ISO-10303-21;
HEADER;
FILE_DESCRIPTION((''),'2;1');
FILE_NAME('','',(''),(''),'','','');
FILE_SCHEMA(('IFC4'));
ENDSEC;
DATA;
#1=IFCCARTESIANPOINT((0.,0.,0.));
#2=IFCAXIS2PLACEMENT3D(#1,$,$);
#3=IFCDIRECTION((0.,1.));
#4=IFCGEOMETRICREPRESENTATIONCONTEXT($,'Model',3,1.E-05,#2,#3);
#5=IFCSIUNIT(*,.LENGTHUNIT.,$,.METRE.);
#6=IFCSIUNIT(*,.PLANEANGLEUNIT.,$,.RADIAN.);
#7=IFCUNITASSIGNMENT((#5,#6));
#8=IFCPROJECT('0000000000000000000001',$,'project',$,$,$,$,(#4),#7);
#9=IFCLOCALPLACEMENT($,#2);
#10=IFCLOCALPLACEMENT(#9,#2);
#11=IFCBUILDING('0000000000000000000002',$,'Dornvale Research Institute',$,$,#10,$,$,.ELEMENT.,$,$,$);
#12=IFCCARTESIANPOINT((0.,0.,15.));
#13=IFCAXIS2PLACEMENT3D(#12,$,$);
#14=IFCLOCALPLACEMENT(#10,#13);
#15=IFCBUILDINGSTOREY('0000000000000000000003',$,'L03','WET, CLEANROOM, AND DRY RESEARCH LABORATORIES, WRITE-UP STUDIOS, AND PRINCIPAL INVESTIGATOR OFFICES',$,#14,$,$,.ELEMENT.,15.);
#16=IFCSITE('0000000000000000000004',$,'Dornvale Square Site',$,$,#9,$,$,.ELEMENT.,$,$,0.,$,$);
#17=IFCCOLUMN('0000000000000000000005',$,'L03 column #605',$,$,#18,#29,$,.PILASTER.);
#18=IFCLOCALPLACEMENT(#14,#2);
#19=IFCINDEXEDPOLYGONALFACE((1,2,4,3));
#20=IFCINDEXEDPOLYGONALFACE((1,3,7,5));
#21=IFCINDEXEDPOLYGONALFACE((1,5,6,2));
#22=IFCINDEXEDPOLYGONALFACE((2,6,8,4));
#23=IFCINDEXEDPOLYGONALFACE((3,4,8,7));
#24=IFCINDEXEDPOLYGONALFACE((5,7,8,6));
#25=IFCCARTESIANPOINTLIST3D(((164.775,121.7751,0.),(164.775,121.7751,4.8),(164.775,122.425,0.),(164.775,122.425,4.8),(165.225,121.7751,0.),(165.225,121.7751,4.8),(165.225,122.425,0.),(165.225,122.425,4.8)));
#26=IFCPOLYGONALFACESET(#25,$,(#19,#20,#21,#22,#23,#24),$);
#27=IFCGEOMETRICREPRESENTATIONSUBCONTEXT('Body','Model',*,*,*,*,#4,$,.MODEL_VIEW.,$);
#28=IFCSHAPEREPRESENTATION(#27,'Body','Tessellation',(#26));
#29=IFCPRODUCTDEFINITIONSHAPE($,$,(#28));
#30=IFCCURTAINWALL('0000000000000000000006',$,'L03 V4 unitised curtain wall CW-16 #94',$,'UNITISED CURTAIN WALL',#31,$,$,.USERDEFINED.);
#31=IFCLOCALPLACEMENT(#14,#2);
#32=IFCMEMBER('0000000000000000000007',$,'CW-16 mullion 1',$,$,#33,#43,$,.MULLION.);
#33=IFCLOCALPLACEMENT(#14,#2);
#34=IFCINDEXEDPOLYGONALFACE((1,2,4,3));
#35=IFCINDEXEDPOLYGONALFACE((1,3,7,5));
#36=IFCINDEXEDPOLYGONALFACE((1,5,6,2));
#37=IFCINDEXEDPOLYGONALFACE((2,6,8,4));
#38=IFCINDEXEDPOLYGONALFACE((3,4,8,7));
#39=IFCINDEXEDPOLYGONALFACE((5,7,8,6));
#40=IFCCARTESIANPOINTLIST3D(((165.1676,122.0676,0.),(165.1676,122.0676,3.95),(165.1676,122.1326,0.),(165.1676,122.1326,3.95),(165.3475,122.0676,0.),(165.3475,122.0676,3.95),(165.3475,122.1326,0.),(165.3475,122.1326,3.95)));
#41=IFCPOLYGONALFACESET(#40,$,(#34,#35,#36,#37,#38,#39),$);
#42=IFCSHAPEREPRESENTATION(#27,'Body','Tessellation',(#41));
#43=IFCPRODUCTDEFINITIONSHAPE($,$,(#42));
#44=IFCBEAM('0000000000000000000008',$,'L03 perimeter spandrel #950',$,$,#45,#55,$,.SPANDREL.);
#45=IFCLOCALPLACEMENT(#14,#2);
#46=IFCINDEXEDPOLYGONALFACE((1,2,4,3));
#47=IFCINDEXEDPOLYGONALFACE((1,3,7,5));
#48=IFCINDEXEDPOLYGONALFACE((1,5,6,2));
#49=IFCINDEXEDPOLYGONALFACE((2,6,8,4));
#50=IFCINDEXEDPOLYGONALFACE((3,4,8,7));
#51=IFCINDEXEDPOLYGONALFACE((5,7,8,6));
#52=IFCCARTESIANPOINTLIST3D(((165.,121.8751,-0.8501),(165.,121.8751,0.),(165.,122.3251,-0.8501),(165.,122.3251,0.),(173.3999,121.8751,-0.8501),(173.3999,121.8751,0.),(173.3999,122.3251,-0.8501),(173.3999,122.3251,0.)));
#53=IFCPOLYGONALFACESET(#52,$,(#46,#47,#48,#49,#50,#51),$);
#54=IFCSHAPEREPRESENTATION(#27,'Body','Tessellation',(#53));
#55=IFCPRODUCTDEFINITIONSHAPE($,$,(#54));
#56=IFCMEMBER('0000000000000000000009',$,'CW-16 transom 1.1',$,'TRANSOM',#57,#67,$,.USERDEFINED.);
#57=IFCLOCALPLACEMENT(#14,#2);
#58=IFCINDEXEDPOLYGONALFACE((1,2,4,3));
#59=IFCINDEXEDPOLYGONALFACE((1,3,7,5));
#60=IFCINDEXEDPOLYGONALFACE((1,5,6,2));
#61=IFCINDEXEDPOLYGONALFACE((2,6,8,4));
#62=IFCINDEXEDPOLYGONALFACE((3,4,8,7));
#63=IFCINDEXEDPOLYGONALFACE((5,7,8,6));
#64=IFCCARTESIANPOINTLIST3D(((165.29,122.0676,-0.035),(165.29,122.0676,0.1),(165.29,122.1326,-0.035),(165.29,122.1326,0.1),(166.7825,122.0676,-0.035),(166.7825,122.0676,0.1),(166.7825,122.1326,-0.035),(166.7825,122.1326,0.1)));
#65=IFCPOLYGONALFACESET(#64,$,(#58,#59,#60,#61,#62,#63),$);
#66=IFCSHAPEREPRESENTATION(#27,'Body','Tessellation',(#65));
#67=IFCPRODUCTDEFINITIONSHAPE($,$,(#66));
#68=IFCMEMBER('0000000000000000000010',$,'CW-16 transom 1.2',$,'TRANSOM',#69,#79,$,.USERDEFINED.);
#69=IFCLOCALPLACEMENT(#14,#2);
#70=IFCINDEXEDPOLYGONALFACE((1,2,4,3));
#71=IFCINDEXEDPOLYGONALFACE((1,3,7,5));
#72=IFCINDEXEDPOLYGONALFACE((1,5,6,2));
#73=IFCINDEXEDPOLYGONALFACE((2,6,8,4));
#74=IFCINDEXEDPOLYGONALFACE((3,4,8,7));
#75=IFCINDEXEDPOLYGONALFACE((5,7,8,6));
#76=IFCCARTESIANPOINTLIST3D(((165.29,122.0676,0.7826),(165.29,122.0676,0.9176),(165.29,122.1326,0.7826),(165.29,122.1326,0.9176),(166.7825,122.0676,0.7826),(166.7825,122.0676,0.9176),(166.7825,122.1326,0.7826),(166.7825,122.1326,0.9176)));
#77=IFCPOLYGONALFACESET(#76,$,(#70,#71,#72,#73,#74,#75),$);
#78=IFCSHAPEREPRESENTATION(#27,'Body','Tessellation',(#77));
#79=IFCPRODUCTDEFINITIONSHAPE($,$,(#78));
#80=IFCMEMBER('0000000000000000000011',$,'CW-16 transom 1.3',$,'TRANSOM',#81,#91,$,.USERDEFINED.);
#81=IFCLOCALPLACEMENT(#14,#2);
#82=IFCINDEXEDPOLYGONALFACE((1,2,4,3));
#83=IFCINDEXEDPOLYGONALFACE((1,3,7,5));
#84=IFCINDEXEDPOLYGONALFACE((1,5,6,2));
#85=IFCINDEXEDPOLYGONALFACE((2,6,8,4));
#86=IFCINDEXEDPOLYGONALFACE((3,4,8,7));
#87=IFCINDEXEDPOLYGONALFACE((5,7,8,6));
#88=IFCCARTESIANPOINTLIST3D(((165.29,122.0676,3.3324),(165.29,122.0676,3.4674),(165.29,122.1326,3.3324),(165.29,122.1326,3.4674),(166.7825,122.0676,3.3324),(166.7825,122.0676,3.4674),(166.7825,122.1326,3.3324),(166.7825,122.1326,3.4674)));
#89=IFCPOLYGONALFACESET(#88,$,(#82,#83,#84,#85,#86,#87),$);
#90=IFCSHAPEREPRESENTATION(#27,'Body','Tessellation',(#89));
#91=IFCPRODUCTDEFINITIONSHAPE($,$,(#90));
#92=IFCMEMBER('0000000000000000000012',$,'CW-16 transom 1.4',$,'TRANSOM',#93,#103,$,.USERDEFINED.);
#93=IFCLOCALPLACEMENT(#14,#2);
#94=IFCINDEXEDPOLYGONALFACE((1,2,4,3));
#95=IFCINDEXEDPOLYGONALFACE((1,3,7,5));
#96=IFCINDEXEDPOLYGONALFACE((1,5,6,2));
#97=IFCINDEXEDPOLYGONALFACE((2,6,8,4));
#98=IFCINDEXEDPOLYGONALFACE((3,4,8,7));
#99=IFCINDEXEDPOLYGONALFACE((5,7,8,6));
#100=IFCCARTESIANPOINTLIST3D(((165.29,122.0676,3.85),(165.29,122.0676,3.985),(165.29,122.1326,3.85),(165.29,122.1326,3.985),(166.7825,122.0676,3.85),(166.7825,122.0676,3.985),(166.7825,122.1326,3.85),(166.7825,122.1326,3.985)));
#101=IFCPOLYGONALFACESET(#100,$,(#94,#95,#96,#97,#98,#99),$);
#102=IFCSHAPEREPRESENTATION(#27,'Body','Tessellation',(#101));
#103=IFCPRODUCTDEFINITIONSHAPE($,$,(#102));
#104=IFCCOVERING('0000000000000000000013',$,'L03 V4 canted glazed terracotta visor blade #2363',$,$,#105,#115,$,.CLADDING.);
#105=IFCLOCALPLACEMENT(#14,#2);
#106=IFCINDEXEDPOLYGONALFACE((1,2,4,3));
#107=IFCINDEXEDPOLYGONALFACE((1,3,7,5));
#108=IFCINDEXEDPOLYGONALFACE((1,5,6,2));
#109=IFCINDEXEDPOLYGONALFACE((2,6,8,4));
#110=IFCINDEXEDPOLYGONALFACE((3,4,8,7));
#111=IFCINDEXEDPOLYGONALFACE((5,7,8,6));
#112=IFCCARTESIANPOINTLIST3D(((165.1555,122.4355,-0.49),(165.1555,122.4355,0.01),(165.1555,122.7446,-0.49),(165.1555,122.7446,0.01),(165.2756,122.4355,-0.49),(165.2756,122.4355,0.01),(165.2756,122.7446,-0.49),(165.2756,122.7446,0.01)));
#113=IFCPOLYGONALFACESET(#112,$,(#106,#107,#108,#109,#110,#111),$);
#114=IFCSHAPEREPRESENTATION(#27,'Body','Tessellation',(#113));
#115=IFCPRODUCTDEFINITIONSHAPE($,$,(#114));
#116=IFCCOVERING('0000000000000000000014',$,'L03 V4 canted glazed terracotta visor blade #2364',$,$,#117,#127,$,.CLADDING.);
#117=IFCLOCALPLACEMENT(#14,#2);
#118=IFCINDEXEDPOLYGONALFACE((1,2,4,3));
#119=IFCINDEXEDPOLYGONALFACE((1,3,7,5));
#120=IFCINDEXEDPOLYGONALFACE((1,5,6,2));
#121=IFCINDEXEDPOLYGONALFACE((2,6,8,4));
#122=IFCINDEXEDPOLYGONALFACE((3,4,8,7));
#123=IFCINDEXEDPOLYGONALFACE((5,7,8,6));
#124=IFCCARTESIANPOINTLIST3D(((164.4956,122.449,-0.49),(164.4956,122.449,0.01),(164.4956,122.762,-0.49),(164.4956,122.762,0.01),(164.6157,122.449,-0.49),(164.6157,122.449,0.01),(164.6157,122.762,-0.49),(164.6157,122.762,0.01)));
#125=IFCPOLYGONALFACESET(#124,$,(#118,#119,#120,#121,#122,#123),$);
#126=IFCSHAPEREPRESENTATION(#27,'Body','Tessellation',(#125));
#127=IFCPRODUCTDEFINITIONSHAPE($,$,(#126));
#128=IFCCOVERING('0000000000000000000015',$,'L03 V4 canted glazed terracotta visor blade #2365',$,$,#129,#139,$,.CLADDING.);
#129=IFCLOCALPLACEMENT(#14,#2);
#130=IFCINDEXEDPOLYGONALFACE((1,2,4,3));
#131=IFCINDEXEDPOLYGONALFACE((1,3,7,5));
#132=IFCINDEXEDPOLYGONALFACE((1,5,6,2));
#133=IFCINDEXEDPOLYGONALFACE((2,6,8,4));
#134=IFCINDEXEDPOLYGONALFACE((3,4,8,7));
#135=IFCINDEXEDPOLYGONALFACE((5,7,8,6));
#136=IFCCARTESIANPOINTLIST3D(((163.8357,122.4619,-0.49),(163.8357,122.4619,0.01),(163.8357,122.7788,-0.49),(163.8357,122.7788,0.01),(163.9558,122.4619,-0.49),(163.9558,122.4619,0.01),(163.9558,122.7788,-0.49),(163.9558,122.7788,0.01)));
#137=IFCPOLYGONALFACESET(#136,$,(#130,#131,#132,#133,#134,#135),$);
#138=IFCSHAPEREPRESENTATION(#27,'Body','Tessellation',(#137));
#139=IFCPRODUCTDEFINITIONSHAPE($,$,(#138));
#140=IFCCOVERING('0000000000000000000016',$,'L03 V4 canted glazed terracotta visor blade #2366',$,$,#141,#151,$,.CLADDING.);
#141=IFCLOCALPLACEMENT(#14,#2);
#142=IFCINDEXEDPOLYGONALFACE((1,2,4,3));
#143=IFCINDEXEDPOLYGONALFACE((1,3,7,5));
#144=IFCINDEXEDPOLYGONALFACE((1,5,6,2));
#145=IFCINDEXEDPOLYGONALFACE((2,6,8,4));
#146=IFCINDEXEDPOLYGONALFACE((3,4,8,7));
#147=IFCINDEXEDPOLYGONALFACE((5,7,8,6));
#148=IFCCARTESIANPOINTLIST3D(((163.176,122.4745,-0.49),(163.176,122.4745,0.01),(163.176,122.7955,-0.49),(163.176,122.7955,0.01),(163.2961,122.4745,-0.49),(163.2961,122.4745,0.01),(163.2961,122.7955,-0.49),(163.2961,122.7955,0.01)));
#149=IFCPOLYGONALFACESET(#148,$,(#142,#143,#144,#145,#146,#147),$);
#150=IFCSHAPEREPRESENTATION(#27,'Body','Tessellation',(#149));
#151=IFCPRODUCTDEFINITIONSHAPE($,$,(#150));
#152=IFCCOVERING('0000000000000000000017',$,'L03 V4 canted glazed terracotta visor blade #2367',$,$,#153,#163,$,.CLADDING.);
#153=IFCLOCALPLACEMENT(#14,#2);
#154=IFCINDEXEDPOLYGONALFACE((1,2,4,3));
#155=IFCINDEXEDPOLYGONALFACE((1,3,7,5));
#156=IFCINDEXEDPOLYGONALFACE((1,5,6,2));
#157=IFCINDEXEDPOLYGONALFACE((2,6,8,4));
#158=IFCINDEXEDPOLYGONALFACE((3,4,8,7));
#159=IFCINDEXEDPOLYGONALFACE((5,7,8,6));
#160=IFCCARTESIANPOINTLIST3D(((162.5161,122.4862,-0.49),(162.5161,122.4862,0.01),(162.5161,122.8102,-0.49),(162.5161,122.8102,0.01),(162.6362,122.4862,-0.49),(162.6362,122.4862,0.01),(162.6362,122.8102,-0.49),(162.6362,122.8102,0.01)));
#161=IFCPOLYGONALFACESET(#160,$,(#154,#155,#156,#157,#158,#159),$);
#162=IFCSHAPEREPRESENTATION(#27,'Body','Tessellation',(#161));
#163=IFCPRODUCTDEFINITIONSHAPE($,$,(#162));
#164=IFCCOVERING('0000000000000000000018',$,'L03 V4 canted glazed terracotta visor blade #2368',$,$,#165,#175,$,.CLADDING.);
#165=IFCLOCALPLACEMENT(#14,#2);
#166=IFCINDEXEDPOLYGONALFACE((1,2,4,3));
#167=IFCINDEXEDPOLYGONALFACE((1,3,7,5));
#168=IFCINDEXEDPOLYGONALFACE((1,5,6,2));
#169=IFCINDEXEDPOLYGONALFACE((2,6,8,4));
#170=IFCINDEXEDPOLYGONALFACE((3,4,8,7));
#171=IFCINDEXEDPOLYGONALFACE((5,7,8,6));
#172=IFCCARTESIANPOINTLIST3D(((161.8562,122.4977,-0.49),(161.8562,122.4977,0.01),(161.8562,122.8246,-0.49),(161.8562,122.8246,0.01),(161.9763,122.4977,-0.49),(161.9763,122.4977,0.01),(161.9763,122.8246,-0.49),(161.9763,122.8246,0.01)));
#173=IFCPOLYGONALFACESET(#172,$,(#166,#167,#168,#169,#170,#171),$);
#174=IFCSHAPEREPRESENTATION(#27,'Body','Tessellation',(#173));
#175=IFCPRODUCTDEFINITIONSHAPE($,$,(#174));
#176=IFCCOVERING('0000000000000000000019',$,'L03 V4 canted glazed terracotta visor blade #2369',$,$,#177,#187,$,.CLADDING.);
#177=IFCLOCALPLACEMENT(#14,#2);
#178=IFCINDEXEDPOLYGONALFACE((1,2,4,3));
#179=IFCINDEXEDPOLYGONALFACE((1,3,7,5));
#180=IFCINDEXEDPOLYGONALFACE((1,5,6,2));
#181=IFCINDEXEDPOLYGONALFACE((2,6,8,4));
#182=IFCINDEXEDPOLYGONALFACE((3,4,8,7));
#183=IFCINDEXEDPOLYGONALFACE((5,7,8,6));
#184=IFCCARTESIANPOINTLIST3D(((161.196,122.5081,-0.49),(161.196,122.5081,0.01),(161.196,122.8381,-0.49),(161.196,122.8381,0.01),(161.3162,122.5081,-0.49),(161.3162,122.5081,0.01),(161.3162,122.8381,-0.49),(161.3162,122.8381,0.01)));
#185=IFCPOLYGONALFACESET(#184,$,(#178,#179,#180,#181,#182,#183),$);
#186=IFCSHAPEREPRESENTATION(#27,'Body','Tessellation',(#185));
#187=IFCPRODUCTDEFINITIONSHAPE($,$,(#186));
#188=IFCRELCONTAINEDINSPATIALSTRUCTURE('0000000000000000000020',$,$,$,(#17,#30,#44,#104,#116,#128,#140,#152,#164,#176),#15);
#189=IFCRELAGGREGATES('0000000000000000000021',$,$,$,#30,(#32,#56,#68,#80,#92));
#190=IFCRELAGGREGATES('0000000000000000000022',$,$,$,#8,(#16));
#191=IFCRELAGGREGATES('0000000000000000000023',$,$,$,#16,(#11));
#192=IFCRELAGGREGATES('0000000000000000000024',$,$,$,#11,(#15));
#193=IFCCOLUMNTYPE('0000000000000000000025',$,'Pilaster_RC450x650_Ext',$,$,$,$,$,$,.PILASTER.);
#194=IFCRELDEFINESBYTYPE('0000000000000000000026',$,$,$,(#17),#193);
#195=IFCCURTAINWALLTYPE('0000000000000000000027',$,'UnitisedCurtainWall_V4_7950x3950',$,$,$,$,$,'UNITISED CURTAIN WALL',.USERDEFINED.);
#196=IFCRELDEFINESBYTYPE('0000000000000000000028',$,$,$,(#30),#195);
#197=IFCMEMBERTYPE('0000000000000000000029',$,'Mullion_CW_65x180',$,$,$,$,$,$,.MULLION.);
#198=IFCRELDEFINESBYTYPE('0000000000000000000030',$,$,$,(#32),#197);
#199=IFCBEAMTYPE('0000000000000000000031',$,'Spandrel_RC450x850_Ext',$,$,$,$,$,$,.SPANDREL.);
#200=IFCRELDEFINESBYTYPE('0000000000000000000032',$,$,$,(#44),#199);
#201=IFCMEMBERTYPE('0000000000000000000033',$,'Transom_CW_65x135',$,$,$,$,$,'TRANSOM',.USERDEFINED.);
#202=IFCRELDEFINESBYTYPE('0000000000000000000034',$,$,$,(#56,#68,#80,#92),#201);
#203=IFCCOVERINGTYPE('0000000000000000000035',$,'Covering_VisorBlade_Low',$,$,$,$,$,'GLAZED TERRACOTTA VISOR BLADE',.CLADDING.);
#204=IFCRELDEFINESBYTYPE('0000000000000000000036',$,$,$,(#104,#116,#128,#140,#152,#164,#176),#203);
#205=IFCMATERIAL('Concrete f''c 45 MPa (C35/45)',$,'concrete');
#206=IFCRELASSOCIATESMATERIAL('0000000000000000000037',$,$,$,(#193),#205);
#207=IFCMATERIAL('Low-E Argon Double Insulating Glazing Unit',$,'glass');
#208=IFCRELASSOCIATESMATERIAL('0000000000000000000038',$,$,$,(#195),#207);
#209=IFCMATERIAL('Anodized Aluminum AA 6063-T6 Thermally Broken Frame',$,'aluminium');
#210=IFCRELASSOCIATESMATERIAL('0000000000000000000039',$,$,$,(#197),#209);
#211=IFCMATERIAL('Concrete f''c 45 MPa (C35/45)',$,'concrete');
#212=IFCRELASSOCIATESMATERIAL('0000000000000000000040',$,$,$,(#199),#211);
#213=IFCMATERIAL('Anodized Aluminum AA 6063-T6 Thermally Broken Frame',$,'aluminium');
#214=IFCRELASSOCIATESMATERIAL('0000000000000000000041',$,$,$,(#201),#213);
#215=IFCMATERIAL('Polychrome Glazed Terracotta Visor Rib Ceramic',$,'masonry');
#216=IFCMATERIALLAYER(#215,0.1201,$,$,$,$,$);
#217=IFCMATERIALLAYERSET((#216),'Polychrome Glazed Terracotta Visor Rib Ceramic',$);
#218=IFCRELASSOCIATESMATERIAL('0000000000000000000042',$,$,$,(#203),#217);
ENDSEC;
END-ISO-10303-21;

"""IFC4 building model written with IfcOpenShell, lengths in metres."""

from ifc_helpers import new_model, si_unit, direction, frame, origin, origin_2d, place, context, subcontext, project, spatial, rectangle, extrude, material, layer, layer_set, material_profile, profile_set, type_object, element, aggregate, save


model = new_model("IFC4")

# Units and contexts
model_context = context("Model", 3, precision=1e-05, world=origin(), true_north=direction((0.0, 1.0)))
body_context = subcontext(model_context, "Body", "Model", "MODEL_VIEW")
ifc_project = project(units=[si_unit("LENGTHUNIT", "METRE"), si_unit("PLANEANGLEUNIT", "RADIAN")], contexts=[model_context])

# Site, building, storey
site_placement = place(None, origin())
site = spatial("IfcSite", under=ifc_project, at=site_placement, Name="Dornvale Square Site", CompositionType="ELEMENT", RefElevation=0.0)
building_placement = place(site_placement, origin())
building = spatial("IfcBuilding", under=site, at=building_placement, Name="Dornvale Research Institute", CompositionType="ELEMENT")
storey_placement = place(building_placement, frame((0.0, 0.0, 15.0)))
storey = spatial("IfcBuildingStorey", under=building, at=storey_placement, Name="L03", Description="WET, CLEANROOM, AND DRY RESEARCH LABORATORIES, WRITE-UP STUDIOS, AND PRINCIPAL INVESTIGATOR OFFICES", CompositionType="ELEMENT", Elevation=15.0)

# Column
ifc_material_1 = material(Name="Concrete f'c 45 MPa (C35/45)", Category="concrete")
ifc_material_profile_1 = material_profile(ifc_material_1, rectangle(XDim=0.45, YDim=0.6499, at=origin_2d()), Name="RC 450x650")
ifc_profile_set_1 = profile_set([ifc_material_profile_1], Name="Concrete f'c 45 MPa (C35/45)")
column_type = type_object("IfcColumnType", Name="Pilaster_RC450x650_Ext", PredefinedType="PILASTER", material=ifc_profile_set_1)
column_placement = place(storey_placement, frame((165.0, 122.1001, 0.0), z_axis=(0.0, 0.0, 1.0), x_axis=(1.0, 0.0, 0.0)))
element("IfcColumn", 1, at=column_placement, inside=storey, type_object=column_type, Name="L03 column #605", PredefinedType="PILASTER", context=body_context, shape_type="SweptSolid", body=[
    extrude(rectangle(XDim=0.45, YDim=0.6499, at=origin_2d()), origin(), (0.0, 0.0, 1.0), 4.8),
])

# Curtain wall, member
ifc_material_2 = material(Name="Low-E Argon Double Insulating Glazing Unit", Category="glass")
curtain_wall_type = type_object("IfcCurtainWallType", Name="UnitisedCurtainWall_V4_7950x3950", ElementType="UNITISED CURTAIN WALL", PredefinedType="USERDEFINED", material=ifc_material_2)
curtain_wall_placement = place(storey_placement, origin())
curtain_wall = element("IfcCurtainWall", 2, at=curtain_wall_placement, inside=storey, type_object=curtain_wall_type, Name="L03 V4 unitised curtain wall CW-16 #94", ObjectType="UNITISED CURTAIN WALL", PredefinedType="USERDEFINED")
ifc_material_3 = material(Name="Anodized Aluminum AA 6063-T6 Thermally Broken Frame", Category="aluminium")
ifc_material_profile_2 = material_profile(ifc_material_3, rectangle(XDim=0.0649, YDim=0.1799, at=origin_2d()), Name="ALU MULLION 65x180")
ifc_profile_set_2 = profile_set([ifc_material_profile_2], Name="Anodized Aluminum AA 6063-T6 Thermally Broken Frame")
member_type_1 = type_object("IfcMemberType", Name="Mullion_CW_65x180", PredefinedType="MULLION", material=ifc_profile_set_2)
member_1_placement = place(storey_placement, frame((165.2576, 122.1001, 0.0), z_axis=(0.0, 0.0, 1.0), x_axis=(0.0, 1.0, 0.0)))
member_1 = element("IfcMember", 3, at=member_1_placement, type_object=member_type_1, Name="CW-16 mullion 1", PredefinedType="MULLION", context=body_context, shape_type="SweptSolid", body=[
    extrude(rectangle(XDim=0.0649, YDim=0.1799, at=origin_2d()), origin(), (0.0, 0.0, 1.0), 3.95),
])

# Beam
ifc_material_4 = material(Name="Concrete f'c 45 MPa (C35/45)", Category="concrete")
ifc_material_profile_3 = material_profile(ifc_material_4, rectangle(XDim=0.45, YDim=0.8501, at=origin_2d()), Name="RC 450x850")
ifc_profile_set_3 = profile_set([ifc_material_profile_3], Name="Concrete f'c 45 MPa (C35/45)")
beam_type = type_object("IfcBeamType", Name="Spandrel_RC450x850_Ext", PredefinedType="SPANDREL", material=ifc_profile_set_3)
beam_placement = place(storey_placement, frame((165.0, 122.1001, -0.425), z_axis=(1.0, 0.0, 0.0), x_axis=(0.0, 1.0, 0.0)))
element("IfcBeam", 4, at=beam_placement, inside=storey, type_object=beam_type, Name="L03 perimeter spandrel #950", PredefinedType="SPANDREL", context=body_context, shape_type="SweptSolid", body=[
    extrude(rectangle(XDim=0.45, YDim=0.8501, at=origin_2d()), origin(), (0.0, 0.0, 1.0), 8.3999),
])

# Members
ifc_material_5 = material(Name="Anodized Aluminum AA 6063-T6 Thermally Broken Frame", Category="aluminium")
ifc_material_profile_4 = material_profile(ifc_material_5, rectangle(XDim=0.0649, YDim=0.135, at=origin_2d()), Name="ALU TRANSOM 65x135")
ifc_profile_set_4 = profile_set([ifc_material_profile_4], Name="Anodized Aluminum AA 6063-T6 Thermally Broken Frame")
member_type_2 = type_object("IfcMemberType", Name="Transom_CW_65x135", ElementType="TRANSOM", PredefinedType="USERDEFINED", material=ifc_profile_set_4)
member_2_placement = place(storey_placement, frame((165.29, 122.1001, 0.0325), z_axis=(1.0, 0.0, 0.0), x_axis=(0.0, 1.0, 0.0)))
member_2 = element("IfcMember", 5, at=member_2_placement, type_object=member_type_2, Name="CW-16 transom 1.1", ObjectType="TRANSOM", PredefinedType="USERDEFINED", context=body_context, shape_type="SweptSolid", body=[
    extrude(rectangle(XDim=0.0649, YDim=0.135, at=origin_2d()), origin(), (0.0, 0.0, 1.0), 1.4924),
])
member_3_placement = place(storey_placement, frame((165.29, 122.1001, 0.8501), z_axis=(1.0, 0.0, 0.0), x_axis=(0.0, 1.0, 0.0)))
member_3 = element("IfcMember", 6, at=member_3_placement, type_object=member_type_2, Name="CW-16 transom 1.2", ObjectType="TRANSOM", PredefinedType="USERDEFINED", context=body_context, shape_type="SweptSolid", body=[
    extrude(rectangle(XDim=0.0649, YDim=0.135, at=origin_2d()), origin(), (0.0, 0.0, 1.0), 1.4924),
])
member_4_placement = place(storey_placement, frame((165.29, 122.1001, 3.3999), z_axis=(1.0, 0.0, 0.0), x_axis=(0.0, 1.0, 0.0)))
member_4 = element("IfcMember", 7, at=member_4_placement, type_object=member_type_2, Name="CW-16 transom 1.3", ObjectType="TRANSOM", PredefinedType="USERDEFINED", context=body_context, shape_type="SweptSolid", body=[
    extrude(rectangle(XDim=0.0649, YDim=0.135, at=origin_2d()), origin(), (0.0, 0.0, 1.0), 1.4924),
])
member_5_placement = place(storey_placement, frame((165.29, 122.1001, 3.9175), z_axis=(1.0, 0.0, 0.0), x_axis=(0.0, 1.0, 0.0)))
member_5 = element("IfcMember", 8, at=member_5_placement, type_object=member_type_2, Name="CW-16 transom 1.4", ObjectType="TRANSOM", PredefinedType="USERDEFINED", context=body_context, shape_type="SweptSolid", body=[
    extrude(rectangle(XDim=0.0649, YDim=0.135, at=origin_2d()), origin(), (0.0, 0.0, 1.0), 1.4924),
])
aggregate(curtain_wall, [member_1, member_2, member_3, member_4, member_5])

# Coverings
ifc_material_6 = material(Name="Polychrome Glazed Terracotta Visor Rib Ceramic", Category="masonry")
ifc_layer = layer(ifc_material_6, 0.1201)
ifc_layer_set = layer_set([ifc_layer], Name="Polychrome Glazed Terracotta Visor Rib Ceramic")
covering_type = type_object("IfcCoveringType", Name="Covering_VisorBlade_Low", ElementType="GLAZED TERRACOTTA VISOR BLADE", PredefinedType="CLADDING", material=ifc_layer_set)
covering_1_placement = place(storey_placement, frame((165.2156, 122.5901, -0.49), z_axis=(0.0, 0.0, 1.0), x_axis=(0.0, 1.0, 0.0)))
element("IfcCovering", 9, at=covering_1_placement, inside=storey, type_object=covering_type, Name="L03 V4 canted glazed terracotta visor blade #2363", PredefinedType="CLADDING", context=body_context, shape_type="SweptSolid", body=[
    extrude(rectangle(XDim=0.3091, YDim=0.1201, at=origin_2d()), origin(), (0.0, 0.0, 1.0), 0.5),
])
covering_2_placement = place(storey_placement, frame((164.5557, 122.6055, -0.49), z_axis=(0.0, 0.0, 1.0), x_axis=(0.0, 1.0, 0.0)))
element("IfcCovering", 10, at=covering_2_placement, inside=storey, type_object=covering_type, Name="L03 V4 canted glazed terracotta visor blade #2364", PredefinedType="CLADDING", context=body_context, shape_type="SweptSolid", body=[
    extrude(rectangle(XDim=0.313, YDim=0.1201, at=origin_2d()), origin(), (0.0, 0.0, 1.0), 0.5),
])
covering_3_placement = place(storey_placement, frame((163.8958, 122.6204, -0.49), z_axis=(0.0, 0.0, 1.0), x_axis=(0.0, 1.0, 0.0)))
element("IfcCovering", 11, at=covering_3_placement, inside=storey, type_object=covering_type, Name="L03 V4 canted glazed terracotta visor blade #2365", PredefinedType="CLADDING", context=body_context, shape_type="SweptSolid", body=[
    extrude(rectangle(XDim=0.3169, YDim=0.1201, at=origin_2d()), origin(), (0.0, 0.0, 1.0), 0.5),
])
covering_4_placement = place(storey_placement, frame((163.2361, 122.635, -0.49), z_axis=(0.0, 0.0, 1.0), x_axis=(0.0, 1.0, 0.0)))
element("IfcCovering", 12, at=covering_4_placement, inside=storey, type_object=covering_type, Name="L03 V4 canted glazed terracotta visor blade #2366", PredefinedType="CLADDING", context=body_context, shape_type="SweptSolid", body=[
    extrude(rectangle(XDim=0.321, YDim=0.1201, at=origin_2d()), origin(), (0.0, 0.0, 1.0), 0.5),
])
covering_5_placement = place(storey_placement, frame((162.5762, 122.6482, -0.49), z_axis=(0.0, 0.0, 1.0), x_axis=(0.0, 1.0, 0.0)))
element("IfcCovering", 13, at=covering_5_placement, inside=storey, type_object=covering_type, Name="L03 V4 canted glazed terracotta visor blade #2367", PredefinedType="CLADDING", context=body_context, shape_type="SweptSolid", body=[
    extrude(rectangle(XDim=0.324, YDim=0.1201, at=origin_2d()), origin(), (0.0, 0.0, 1.0), 0.5),
])
covering_6_placement = place(storey_placement, frame((161.9163, 122.6611, -0.49), z_axis=(0.0, 0.0, 1.0), x_axis=(0.0, 1.0, 0.0)))
element("IfcCovering", 14, at=covering_6_placement, inside=storey, type_object=covering_type, Name="L03 V4 canted glazed terracotta visor blade #2368", PredefinedType="CLADDING", context=body_context, shape_type="SweptSolid", body=[
    extrude(rectangle(XDim=0.3269, YDim=0.1201, at=origin_2d()), origin(), (0.0, 0.0, 1.0), 0.5),
])
covering_7_placement = place(storey_placement, frame((161.2561, 122.6731, -0.49), z_axis=(0.0, 0.0, 1.0), x_axis=(0.0, 1.0, 0.0)))
element("IfcCovering", 15, at=covering_7_placement, inside=storey, type_object=covering_type, Name="L03 V4 canted glazed terracotta visor blade #2369", PredefinedType="CLADDING", context=body_context, shape_type="SweptSolid", body=[
    extrude(rectangle(XDim=0.3301, YDim=0.1201, at=origin_2d()), origin(), (0.0, 0.0, 1.0), 0.5),
])

save(model, "model.ifc")
